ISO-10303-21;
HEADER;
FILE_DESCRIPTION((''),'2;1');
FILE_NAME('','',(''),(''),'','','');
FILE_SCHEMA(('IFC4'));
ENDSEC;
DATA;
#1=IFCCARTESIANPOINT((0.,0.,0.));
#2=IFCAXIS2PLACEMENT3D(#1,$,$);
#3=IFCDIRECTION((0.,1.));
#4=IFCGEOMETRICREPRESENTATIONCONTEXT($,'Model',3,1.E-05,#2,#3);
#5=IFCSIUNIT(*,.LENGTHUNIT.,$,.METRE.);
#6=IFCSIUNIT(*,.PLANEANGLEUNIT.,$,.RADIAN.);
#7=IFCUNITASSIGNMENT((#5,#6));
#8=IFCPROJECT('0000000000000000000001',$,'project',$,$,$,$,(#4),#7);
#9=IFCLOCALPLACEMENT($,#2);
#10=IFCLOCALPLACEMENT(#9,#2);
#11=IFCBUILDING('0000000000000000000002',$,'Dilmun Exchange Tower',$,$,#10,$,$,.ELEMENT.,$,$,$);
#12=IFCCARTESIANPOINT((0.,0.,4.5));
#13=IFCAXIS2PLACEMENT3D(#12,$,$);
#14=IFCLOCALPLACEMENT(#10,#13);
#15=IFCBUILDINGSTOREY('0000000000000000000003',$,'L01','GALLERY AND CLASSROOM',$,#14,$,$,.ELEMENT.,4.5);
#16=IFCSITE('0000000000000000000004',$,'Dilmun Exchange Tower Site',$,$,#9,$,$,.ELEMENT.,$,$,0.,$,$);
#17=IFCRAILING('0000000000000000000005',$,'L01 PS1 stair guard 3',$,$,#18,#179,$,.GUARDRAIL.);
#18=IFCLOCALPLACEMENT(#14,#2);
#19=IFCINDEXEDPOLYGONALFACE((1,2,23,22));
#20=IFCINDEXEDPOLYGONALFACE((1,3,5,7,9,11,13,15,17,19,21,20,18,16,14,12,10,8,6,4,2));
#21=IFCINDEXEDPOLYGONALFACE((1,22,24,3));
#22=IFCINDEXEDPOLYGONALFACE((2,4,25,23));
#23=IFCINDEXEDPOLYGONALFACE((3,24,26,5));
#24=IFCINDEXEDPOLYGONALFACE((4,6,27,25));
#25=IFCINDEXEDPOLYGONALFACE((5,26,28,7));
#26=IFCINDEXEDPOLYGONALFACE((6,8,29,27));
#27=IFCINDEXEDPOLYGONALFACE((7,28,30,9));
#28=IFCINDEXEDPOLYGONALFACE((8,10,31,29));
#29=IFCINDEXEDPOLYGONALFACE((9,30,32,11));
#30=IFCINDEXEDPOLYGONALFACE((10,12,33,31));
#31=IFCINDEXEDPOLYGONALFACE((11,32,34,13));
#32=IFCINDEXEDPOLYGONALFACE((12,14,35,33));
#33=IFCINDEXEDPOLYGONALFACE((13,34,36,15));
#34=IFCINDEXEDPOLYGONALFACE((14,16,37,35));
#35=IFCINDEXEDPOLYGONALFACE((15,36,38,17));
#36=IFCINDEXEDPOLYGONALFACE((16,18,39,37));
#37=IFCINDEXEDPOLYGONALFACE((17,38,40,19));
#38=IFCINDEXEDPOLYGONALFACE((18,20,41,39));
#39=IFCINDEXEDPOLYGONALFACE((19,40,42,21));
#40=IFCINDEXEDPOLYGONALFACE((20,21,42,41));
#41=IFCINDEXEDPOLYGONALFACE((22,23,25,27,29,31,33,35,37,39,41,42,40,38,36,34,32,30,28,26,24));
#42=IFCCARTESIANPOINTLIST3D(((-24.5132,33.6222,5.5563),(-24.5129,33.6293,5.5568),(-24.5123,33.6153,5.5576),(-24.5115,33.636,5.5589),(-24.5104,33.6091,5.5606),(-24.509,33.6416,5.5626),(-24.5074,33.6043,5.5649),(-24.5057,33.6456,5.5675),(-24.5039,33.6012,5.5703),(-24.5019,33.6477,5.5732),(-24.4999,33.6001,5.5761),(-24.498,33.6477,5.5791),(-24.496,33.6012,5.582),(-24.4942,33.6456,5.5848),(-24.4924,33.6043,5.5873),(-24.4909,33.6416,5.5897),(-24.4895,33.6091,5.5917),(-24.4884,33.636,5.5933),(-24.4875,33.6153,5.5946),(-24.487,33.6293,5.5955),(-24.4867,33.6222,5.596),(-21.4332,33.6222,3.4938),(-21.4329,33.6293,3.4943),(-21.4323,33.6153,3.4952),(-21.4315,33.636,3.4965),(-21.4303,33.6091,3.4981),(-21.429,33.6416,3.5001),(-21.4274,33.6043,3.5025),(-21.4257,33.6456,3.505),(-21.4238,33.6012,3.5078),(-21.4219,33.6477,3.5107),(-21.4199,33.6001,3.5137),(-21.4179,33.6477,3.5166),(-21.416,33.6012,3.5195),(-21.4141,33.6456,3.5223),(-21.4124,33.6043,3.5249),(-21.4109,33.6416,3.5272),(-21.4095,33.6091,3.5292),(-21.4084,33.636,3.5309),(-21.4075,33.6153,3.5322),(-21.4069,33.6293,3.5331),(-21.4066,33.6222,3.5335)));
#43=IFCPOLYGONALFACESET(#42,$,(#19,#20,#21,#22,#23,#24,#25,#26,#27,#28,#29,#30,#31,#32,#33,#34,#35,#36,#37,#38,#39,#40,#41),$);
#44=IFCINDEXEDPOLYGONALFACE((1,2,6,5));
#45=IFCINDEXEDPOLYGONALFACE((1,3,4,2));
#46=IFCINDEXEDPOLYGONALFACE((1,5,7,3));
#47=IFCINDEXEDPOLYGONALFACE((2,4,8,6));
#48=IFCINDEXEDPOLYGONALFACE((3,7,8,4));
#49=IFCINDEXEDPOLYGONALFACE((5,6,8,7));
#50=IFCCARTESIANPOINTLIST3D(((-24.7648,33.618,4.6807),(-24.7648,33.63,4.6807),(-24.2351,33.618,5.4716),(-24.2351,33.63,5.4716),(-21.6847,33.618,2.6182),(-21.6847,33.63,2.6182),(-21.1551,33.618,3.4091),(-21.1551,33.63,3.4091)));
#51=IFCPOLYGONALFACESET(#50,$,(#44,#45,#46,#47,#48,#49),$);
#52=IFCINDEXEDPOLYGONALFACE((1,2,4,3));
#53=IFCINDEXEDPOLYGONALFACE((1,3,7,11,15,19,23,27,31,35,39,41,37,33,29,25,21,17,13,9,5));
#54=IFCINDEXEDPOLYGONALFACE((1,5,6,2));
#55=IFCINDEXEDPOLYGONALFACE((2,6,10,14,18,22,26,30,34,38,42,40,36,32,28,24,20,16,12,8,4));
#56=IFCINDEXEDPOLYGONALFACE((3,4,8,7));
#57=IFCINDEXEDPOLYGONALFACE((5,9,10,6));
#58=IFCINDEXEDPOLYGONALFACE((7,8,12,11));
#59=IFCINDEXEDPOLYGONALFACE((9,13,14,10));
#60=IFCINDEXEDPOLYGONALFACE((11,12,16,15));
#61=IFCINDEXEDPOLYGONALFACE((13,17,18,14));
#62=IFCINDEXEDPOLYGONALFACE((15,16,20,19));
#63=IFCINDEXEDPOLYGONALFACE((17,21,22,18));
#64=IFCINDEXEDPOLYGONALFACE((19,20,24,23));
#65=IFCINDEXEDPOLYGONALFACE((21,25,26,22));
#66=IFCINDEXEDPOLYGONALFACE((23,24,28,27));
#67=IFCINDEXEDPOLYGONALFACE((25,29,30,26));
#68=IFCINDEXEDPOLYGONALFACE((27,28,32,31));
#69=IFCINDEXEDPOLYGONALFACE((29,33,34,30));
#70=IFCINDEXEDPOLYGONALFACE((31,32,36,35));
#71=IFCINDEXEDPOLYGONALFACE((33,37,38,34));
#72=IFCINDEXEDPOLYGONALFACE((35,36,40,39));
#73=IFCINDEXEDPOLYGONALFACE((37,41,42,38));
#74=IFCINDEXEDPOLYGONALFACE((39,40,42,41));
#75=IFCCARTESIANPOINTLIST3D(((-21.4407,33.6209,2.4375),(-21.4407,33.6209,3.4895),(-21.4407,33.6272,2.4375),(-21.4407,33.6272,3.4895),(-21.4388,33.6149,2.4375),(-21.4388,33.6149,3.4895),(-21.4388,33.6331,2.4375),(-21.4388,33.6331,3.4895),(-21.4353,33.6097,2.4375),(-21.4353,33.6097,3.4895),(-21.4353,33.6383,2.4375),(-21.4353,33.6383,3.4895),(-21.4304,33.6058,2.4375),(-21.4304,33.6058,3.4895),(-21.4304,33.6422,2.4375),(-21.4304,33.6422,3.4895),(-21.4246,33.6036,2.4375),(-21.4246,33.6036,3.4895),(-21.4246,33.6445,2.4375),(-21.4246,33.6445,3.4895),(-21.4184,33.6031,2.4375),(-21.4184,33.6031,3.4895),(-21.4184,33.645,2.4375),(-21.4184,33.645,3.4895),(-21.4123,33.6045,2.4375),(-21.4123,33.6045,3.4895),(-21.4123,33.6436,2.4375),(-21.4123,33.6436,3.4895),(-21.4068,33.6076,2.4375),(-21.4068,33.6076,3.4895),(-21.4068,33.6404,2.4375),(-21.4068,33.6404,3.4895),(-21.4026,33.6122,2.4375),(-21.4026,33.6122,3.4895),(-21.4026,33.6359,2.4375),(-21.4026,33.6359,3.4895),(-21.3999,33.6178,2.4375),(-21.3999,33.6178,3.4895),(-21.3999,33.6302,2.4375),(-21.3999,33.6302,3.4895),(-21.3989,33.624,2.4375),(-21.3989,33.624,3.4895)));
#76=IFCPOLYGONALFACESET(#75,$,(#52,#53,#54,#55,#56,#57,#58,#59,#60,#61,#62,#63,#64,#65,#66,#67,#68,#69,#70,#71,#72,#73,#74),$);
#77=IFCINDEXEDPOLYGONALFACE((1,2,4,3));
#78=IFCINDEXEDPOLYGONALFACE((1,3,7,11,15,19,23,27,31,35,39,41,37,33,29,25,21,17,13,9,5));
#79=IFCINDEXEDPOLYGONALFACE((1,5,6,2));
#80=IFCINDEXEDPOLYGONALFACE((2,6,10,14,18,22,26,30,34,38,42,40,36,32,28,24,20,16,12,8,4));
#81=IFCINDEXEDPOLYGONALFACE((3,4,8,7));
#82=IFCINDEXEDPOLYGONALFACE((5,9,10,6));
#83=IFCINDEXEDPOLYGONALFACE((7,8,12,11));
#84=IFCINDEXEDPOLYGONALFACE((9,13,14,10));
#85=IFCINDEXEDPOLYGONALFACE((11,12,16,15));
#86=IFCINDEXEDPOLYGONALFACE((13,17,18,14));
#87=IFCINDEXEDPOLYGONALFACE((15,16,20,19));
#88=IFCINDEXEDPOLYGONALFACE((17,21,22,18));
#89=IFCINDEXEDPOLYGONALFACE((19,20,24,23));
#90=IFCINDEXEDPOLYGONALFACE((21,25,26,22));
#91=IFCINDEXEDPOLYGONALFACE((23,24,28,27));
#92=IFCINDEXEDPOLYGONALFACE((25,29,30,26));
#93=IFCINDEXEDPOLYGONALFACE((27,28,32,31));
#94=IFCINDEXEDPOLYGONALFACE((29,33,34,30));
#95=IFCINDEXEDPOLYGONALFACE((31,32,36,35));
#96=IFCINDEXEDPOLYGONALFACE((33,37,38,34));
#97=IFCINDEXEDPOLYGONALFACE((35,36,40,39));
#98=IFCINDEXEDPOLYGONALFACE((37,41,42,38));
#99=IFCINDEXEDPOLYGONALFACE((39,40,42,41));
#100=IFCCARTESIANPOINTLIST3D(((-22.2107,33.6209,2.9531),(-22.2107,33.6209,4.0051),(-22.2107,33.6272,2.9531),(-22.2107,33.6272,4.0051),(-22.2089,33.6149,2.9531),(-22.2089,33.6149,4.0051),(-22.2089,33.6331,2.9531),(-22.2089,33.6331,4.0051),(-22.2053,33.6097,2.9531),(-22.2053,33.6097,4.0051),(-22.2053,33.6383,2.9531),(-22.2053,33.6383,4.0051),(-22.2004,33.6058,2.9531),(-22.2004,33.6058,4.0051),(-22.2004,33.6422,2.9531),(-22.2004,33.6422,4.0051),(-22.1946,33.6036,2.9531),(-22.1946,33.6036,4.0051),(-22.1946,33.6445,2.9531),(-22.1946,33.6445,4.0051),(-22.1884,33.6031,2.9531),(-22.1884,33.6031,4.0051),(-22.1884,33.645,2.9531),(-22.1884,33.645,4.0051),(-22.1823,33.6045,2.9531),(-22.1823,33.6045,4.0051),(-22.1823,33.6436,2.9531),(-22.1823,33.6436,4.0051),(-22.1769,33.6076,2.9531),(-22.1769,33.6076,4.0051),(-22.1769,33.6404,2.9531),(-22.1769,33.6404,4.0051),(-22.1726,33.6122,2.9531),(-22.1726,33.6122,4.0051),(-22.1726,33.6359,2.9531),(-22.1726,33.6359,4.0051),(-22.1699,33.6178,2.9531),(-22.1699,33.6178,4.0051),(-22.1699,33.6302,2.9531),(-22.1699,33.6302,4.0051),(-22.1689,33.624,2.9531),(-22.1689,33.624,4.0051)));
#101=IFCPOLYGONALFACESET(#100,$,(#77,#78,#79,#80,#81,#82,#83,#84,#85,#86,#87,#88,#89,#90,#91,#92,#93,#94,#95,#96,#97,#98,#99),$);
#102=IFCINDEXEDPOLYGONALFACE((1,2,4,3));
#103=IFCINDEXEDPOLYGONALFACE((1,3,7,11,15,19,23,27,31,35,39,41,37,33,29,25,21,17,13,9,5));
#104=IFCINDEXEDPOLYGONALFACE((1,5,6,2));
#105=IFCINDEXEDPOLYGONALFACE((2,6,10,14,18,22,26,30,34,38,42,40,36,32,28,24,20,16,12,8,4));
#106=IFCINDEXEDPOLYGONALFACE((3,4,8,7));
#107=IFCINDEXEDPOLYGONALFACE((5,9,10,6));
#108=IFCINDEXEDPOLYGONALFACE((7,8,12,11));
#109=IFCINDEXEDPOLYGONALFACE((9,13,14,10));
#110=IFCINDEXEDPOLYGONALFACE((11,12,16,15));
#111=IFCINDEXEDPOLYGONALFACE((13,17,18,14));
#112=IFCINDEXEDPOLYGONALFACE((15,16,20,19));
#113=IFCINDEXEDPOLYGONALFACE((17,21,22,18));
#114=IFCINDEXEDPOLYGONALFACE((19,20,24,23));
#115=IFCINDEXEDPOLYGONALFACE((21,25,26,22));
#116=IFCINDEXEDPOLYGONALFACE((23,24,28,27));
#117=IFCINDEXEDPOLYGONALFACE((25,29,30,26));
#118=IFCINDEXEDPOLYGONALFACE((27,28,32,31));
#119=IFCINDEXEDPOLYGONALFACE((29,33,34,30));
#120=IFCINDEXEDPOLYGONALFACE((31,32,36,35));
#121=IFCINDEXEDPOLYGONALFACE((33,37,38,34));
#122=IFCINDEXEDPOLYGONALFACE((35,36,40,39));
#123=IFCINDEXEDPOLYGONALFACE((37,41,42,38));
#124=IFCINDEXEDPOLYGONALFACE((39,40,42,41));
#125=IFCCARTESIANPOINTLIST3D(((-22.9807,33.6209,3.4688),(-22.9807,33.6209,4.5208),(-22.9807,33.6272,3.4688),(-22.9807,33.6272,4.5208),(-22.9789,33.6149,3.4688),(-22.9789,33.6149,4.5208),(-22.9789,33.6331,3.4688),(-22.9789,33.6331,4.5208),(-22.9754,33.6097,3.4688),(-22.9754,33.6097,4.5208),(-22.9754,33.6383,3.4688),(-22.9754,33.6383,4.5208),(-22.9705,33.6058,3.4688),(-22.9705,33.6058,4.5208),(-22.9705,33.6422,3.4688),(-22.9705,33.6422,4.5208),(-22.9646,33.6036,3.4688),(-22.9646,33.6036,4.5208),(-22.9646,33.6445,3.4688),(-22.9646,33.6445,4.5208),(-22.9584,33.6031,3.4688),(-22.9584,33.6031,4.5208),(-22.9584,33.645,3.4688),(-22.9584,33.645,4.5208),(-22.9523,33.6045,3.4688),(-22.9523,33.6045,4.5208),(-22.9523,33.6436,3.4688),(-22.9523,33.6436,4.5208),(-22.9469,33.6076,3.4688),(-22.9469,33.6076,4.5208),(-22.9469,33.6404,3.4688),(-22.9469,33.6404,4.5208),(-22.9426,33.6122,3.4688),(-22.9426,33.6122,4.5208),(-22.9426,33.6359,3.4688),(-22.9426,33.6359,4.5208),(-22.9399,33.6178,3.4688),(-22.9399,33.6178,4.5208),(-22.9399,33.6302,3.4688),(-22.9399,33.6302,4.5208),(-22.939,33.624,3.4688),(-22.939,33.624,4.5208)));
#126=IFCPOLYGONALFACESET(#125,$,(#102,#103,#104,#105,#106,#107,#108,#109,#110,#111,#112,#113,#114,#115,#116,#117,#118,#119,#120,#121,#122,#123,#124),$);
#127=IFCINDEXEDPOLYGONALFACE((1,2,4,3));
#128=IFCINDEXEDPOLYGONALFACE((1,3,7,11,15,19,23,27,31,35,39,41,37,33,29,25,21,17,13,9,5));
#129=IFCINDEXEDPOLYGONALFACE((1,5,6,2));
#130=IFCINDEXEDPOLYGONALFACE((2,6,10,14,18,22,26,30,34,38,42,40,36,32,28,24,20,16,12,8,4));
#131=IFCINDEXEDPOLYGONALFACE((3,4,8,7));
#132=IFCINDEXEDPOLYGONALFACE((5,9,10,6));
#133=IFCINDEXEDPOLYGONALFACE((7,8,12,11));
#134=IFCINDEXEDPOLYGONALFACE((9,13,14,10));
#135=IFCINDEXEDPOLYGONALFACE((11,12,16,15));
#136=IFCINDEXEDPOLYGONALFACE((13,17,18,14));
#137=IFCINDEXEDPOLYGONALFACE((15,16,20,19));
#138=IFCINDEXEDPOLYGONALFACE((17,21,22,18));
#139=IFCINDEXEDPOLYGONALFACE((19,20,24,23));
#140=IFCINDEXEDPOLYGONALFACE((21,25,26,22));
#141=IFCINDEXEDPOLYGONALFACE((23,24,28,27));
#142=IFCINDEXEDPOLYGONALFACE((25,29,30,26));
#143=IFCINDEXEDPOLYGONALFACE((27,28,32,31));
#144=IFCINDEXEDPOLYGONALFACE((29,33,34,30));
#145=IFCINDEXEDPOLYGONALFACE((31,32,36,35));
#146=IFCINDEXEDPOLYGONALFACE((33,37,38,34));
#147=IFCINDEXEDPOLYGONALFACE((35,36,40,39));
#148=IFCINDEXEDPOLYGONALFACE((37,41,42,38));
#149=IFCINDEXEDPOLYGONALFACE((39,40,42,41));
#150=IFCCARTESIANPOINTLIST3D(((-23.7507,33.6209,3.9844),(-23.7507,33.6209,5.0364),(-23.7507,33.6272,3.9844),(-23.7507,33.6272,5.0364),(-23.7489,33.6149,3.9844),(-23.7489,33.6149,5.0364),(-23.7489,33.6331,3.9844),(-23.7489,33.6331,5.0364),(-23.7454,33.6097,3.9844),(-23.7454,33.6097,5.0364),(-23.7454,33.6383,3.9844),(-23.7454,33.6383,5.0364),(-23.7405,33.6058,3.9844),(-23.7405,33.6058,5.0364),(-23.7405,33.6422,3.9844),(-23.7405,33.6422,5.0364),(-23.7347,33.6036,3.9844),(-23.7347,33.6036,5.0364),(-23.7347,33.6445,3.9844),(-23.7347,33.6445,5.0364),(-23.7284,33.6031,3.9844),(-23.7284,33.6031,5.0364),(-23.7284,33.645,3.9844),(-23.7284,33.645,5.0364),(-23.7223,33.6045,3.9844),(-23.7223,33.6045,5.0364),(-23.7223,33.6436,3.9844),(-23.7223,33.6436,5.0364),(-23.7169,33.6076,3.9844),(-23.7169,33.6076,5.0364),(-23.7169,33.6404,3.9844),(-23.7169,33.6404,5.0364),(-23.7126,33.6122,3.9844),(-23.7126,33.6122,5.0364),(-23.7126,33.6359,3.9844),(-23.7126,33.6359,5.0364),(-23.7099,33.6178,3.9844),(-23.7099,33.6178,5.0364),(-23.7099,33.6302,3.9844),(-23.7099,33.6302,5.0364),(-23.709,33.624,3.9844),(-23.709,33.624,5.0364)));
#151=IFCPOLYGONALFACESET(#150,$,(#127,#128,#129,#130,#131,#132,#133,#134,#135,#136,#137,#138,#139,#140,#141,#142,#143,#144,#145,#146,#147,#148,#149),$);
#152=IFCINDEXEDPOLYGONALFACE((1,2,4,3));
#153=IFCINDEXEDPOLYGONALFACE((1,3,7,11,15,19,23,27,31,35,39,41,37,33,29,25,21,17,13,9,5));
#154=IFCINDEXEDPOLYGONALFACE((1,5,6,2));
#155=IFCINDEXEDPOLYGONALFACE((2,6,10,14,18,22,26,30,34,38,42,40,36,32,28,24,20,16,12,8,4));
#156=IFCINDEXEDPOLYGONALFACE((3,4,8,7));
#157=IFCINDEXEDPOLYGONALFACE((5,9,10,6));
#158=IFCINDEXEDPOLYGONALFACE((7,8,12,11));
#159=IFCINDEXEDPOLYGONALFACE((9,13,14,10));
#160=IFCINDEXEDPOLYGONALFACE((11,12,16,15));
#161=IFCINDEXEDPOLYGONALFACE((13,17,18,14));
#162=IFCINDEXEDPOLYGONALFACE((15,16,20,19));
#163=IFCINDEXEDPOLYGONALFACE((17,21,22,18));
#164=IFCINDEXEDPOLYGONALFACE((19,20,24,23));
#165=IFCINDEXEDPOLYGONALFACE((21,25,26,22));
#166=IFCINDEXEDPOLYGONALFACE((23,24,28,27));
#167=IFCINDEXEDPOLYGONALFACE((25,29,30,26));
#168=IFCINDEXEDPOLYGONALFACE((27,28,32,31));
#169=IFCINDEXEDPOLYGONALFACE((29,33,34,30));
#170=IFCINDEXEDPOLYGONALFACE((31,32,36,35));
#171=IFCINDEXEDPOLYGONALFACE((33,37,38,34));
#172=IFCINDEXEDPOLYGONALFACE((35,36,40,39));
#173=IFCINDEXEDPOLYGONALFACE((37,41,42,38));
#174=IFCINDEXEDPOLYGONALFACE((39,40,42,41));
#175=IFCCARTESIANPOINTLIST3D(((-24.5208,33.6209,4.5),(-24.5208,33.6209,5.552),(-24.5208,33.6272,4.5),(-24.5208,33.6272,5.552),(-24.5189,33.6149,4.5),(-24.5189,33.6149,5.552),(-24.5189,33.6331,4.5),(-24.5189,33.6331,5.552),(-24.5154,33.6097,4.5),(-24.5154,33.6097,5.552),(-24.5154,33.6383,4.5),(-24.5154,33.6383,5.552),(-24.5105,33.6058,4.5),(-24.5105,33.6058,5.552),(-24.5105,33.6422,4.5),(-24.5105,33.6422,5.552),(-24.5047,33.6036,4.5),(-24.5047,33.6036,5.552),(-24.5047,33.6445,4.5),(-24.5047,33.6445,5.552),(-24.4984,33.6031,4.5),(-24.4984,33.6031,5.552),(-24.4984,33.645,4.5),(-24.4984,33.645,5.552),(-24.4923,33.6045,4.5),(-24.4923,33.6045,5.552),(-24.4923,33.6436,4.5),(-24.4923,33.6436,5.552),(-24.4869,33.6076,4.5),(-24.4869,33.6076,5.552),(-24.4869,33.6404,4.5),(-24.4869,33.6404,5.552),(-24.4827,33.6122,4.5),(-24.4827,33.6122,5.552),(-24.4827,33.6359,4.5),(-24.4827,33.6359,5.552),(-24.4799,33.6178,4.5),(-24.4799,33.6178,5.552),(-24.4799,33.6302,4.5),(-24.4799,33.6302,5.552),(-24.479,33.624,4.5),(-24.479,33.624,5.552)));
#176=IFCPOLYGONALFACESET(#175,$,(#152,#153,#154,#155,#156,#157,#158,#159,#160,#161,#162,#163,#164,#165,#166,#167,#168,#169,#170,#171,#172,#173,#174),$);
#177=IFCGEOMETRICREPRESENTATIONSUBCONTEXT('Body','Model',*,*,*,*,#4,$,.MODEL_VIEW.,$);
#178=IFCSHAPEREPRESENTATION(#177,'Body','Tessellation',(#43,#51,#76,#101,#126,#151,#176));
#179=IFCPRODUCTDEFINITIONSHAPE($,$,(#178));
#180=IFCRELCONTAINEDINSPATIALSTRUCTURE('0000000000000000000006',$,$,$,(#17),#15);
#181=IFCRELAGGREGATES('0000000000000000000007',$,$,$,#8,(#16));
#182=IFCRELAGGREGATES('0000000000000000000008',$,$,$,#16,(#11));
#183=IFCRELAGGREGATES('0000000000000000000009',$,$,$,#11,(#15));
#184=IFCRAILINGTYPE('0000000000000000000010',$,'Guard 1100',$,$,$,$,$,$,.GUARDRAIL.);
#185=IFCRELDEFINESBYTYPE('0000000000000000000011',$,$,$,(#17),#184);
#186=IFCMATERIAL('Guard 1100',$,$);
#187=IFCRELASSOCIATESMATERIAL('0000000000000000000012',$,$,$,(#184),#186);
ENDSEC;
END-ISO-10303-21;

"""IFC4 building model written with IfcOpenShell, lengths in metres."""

from ifc_helpers import new_model, si_unit, direction, frame, origin, origin_2d, place, context, subcontext, project, spatial, rectangle, circle, extrude, material, type_object, element, save


model = new_model("IFC4")

# Units and contexts
model_context = context("Model", 3, precision=1e-05, world=origin(), true_north=direction((0.0, 1.0)))
body_context = subcontext(model_context, "Body", "Model", "MODEL_VIEW")
ifc_project = project(units=[si_unit("LENGTHUNIT", "METRE"), si_unit("PLANEANGLEUNIT", "RADIAN")], contexts=[model_context])

# Site, building, storey
site_placement = place(None, origin())
site = spatial("IfcSite", under=ifc_project, at=site_placement, Name="Dilmun Exchange Tower Site", CompositionType="ELEMENT", RefElevation=0.0)
building_placement = place(site_placement, origin())
building = spatial("IfcBuilding", under=site, at=building_placement, Name="Dilmun Exchange Tower", CompositionType="ELEMENT")
storey_placement = place(building_placement, frame((0.0, 0.0, 4.5)))
storey = spatial("IfcBuildingStorey", under=building, at=storey_placement, Name="L01", Description="GALLERY AND CLASSROOM", CompositionType="ELEMENT", Elevation=4.5)

# Railing
ifc_material_1 = material(Name="Guard 1100")
railing_type_1 = type_object("IfcRailingType", Name="Guard 1100", PredefinedType="GUARDRAIL", material=ifc_material_1)
railing_1_placement = place(storey_placement, frame((-21.4199, 33.624, 2.4375)))
element("IfcRailing", 1, at=railing_1_placement, inside=storey, type_object=railing_type_1, Name="L01 PS1 stair guard 3", PredefinedType="GUARDRAIL", context=body_context, shape_type="SweptSolid", body=[
    extrude(circle(Radius=0.0239, at=origin_2d()), frame((0.0, 0.0, 1.0762), z_axis=(-0.830914, 0.0, 0.556401), x_axis=(0.0, -1.0, 0.0)), (0.0, 0.0, 1.0), 3.7068),
    extrude(rectangle(XDim=0.012, YDim=0.9519, at=origin_2d()), frame((0.0, 0.0, 0.5762), z_axis=(-0.830914, 0.0, 0.556401), x_axis=(0.0, -1.0, 0.0)), (0.0, 0.0, 1.0), 3.7068),
    extrude(circle(Radius=0.021, at=origin_2d()), origin(), (0.0, 0.0, 1.0), 1.052),
    extrude(circle(Radius=0.021, at=origin_2d()), frame((-0.77, 0.0, 0.5156)), (0.0, 0.0, 1.0), 1.052),
    extrude(circle(Radius=0.021, at=origin_2d()), frame((-1.54, 0.0, 1.0312)), (0.0, 0.0, 1.0), 1.052),
    extrude(circle(Radius=0.021, at=origin_2d()), frame((-2.3101, 0.0, 1.5469)), (0.0, 0.0, 1.0), 1.052),
    extrude(circle(Radius=0.021, at=origin_2d()), frame((-3.0801, 0.0, 2.0625)), (0.0, 0.0, 1.0), 1.052),
])

save(model, "model.ifc")
